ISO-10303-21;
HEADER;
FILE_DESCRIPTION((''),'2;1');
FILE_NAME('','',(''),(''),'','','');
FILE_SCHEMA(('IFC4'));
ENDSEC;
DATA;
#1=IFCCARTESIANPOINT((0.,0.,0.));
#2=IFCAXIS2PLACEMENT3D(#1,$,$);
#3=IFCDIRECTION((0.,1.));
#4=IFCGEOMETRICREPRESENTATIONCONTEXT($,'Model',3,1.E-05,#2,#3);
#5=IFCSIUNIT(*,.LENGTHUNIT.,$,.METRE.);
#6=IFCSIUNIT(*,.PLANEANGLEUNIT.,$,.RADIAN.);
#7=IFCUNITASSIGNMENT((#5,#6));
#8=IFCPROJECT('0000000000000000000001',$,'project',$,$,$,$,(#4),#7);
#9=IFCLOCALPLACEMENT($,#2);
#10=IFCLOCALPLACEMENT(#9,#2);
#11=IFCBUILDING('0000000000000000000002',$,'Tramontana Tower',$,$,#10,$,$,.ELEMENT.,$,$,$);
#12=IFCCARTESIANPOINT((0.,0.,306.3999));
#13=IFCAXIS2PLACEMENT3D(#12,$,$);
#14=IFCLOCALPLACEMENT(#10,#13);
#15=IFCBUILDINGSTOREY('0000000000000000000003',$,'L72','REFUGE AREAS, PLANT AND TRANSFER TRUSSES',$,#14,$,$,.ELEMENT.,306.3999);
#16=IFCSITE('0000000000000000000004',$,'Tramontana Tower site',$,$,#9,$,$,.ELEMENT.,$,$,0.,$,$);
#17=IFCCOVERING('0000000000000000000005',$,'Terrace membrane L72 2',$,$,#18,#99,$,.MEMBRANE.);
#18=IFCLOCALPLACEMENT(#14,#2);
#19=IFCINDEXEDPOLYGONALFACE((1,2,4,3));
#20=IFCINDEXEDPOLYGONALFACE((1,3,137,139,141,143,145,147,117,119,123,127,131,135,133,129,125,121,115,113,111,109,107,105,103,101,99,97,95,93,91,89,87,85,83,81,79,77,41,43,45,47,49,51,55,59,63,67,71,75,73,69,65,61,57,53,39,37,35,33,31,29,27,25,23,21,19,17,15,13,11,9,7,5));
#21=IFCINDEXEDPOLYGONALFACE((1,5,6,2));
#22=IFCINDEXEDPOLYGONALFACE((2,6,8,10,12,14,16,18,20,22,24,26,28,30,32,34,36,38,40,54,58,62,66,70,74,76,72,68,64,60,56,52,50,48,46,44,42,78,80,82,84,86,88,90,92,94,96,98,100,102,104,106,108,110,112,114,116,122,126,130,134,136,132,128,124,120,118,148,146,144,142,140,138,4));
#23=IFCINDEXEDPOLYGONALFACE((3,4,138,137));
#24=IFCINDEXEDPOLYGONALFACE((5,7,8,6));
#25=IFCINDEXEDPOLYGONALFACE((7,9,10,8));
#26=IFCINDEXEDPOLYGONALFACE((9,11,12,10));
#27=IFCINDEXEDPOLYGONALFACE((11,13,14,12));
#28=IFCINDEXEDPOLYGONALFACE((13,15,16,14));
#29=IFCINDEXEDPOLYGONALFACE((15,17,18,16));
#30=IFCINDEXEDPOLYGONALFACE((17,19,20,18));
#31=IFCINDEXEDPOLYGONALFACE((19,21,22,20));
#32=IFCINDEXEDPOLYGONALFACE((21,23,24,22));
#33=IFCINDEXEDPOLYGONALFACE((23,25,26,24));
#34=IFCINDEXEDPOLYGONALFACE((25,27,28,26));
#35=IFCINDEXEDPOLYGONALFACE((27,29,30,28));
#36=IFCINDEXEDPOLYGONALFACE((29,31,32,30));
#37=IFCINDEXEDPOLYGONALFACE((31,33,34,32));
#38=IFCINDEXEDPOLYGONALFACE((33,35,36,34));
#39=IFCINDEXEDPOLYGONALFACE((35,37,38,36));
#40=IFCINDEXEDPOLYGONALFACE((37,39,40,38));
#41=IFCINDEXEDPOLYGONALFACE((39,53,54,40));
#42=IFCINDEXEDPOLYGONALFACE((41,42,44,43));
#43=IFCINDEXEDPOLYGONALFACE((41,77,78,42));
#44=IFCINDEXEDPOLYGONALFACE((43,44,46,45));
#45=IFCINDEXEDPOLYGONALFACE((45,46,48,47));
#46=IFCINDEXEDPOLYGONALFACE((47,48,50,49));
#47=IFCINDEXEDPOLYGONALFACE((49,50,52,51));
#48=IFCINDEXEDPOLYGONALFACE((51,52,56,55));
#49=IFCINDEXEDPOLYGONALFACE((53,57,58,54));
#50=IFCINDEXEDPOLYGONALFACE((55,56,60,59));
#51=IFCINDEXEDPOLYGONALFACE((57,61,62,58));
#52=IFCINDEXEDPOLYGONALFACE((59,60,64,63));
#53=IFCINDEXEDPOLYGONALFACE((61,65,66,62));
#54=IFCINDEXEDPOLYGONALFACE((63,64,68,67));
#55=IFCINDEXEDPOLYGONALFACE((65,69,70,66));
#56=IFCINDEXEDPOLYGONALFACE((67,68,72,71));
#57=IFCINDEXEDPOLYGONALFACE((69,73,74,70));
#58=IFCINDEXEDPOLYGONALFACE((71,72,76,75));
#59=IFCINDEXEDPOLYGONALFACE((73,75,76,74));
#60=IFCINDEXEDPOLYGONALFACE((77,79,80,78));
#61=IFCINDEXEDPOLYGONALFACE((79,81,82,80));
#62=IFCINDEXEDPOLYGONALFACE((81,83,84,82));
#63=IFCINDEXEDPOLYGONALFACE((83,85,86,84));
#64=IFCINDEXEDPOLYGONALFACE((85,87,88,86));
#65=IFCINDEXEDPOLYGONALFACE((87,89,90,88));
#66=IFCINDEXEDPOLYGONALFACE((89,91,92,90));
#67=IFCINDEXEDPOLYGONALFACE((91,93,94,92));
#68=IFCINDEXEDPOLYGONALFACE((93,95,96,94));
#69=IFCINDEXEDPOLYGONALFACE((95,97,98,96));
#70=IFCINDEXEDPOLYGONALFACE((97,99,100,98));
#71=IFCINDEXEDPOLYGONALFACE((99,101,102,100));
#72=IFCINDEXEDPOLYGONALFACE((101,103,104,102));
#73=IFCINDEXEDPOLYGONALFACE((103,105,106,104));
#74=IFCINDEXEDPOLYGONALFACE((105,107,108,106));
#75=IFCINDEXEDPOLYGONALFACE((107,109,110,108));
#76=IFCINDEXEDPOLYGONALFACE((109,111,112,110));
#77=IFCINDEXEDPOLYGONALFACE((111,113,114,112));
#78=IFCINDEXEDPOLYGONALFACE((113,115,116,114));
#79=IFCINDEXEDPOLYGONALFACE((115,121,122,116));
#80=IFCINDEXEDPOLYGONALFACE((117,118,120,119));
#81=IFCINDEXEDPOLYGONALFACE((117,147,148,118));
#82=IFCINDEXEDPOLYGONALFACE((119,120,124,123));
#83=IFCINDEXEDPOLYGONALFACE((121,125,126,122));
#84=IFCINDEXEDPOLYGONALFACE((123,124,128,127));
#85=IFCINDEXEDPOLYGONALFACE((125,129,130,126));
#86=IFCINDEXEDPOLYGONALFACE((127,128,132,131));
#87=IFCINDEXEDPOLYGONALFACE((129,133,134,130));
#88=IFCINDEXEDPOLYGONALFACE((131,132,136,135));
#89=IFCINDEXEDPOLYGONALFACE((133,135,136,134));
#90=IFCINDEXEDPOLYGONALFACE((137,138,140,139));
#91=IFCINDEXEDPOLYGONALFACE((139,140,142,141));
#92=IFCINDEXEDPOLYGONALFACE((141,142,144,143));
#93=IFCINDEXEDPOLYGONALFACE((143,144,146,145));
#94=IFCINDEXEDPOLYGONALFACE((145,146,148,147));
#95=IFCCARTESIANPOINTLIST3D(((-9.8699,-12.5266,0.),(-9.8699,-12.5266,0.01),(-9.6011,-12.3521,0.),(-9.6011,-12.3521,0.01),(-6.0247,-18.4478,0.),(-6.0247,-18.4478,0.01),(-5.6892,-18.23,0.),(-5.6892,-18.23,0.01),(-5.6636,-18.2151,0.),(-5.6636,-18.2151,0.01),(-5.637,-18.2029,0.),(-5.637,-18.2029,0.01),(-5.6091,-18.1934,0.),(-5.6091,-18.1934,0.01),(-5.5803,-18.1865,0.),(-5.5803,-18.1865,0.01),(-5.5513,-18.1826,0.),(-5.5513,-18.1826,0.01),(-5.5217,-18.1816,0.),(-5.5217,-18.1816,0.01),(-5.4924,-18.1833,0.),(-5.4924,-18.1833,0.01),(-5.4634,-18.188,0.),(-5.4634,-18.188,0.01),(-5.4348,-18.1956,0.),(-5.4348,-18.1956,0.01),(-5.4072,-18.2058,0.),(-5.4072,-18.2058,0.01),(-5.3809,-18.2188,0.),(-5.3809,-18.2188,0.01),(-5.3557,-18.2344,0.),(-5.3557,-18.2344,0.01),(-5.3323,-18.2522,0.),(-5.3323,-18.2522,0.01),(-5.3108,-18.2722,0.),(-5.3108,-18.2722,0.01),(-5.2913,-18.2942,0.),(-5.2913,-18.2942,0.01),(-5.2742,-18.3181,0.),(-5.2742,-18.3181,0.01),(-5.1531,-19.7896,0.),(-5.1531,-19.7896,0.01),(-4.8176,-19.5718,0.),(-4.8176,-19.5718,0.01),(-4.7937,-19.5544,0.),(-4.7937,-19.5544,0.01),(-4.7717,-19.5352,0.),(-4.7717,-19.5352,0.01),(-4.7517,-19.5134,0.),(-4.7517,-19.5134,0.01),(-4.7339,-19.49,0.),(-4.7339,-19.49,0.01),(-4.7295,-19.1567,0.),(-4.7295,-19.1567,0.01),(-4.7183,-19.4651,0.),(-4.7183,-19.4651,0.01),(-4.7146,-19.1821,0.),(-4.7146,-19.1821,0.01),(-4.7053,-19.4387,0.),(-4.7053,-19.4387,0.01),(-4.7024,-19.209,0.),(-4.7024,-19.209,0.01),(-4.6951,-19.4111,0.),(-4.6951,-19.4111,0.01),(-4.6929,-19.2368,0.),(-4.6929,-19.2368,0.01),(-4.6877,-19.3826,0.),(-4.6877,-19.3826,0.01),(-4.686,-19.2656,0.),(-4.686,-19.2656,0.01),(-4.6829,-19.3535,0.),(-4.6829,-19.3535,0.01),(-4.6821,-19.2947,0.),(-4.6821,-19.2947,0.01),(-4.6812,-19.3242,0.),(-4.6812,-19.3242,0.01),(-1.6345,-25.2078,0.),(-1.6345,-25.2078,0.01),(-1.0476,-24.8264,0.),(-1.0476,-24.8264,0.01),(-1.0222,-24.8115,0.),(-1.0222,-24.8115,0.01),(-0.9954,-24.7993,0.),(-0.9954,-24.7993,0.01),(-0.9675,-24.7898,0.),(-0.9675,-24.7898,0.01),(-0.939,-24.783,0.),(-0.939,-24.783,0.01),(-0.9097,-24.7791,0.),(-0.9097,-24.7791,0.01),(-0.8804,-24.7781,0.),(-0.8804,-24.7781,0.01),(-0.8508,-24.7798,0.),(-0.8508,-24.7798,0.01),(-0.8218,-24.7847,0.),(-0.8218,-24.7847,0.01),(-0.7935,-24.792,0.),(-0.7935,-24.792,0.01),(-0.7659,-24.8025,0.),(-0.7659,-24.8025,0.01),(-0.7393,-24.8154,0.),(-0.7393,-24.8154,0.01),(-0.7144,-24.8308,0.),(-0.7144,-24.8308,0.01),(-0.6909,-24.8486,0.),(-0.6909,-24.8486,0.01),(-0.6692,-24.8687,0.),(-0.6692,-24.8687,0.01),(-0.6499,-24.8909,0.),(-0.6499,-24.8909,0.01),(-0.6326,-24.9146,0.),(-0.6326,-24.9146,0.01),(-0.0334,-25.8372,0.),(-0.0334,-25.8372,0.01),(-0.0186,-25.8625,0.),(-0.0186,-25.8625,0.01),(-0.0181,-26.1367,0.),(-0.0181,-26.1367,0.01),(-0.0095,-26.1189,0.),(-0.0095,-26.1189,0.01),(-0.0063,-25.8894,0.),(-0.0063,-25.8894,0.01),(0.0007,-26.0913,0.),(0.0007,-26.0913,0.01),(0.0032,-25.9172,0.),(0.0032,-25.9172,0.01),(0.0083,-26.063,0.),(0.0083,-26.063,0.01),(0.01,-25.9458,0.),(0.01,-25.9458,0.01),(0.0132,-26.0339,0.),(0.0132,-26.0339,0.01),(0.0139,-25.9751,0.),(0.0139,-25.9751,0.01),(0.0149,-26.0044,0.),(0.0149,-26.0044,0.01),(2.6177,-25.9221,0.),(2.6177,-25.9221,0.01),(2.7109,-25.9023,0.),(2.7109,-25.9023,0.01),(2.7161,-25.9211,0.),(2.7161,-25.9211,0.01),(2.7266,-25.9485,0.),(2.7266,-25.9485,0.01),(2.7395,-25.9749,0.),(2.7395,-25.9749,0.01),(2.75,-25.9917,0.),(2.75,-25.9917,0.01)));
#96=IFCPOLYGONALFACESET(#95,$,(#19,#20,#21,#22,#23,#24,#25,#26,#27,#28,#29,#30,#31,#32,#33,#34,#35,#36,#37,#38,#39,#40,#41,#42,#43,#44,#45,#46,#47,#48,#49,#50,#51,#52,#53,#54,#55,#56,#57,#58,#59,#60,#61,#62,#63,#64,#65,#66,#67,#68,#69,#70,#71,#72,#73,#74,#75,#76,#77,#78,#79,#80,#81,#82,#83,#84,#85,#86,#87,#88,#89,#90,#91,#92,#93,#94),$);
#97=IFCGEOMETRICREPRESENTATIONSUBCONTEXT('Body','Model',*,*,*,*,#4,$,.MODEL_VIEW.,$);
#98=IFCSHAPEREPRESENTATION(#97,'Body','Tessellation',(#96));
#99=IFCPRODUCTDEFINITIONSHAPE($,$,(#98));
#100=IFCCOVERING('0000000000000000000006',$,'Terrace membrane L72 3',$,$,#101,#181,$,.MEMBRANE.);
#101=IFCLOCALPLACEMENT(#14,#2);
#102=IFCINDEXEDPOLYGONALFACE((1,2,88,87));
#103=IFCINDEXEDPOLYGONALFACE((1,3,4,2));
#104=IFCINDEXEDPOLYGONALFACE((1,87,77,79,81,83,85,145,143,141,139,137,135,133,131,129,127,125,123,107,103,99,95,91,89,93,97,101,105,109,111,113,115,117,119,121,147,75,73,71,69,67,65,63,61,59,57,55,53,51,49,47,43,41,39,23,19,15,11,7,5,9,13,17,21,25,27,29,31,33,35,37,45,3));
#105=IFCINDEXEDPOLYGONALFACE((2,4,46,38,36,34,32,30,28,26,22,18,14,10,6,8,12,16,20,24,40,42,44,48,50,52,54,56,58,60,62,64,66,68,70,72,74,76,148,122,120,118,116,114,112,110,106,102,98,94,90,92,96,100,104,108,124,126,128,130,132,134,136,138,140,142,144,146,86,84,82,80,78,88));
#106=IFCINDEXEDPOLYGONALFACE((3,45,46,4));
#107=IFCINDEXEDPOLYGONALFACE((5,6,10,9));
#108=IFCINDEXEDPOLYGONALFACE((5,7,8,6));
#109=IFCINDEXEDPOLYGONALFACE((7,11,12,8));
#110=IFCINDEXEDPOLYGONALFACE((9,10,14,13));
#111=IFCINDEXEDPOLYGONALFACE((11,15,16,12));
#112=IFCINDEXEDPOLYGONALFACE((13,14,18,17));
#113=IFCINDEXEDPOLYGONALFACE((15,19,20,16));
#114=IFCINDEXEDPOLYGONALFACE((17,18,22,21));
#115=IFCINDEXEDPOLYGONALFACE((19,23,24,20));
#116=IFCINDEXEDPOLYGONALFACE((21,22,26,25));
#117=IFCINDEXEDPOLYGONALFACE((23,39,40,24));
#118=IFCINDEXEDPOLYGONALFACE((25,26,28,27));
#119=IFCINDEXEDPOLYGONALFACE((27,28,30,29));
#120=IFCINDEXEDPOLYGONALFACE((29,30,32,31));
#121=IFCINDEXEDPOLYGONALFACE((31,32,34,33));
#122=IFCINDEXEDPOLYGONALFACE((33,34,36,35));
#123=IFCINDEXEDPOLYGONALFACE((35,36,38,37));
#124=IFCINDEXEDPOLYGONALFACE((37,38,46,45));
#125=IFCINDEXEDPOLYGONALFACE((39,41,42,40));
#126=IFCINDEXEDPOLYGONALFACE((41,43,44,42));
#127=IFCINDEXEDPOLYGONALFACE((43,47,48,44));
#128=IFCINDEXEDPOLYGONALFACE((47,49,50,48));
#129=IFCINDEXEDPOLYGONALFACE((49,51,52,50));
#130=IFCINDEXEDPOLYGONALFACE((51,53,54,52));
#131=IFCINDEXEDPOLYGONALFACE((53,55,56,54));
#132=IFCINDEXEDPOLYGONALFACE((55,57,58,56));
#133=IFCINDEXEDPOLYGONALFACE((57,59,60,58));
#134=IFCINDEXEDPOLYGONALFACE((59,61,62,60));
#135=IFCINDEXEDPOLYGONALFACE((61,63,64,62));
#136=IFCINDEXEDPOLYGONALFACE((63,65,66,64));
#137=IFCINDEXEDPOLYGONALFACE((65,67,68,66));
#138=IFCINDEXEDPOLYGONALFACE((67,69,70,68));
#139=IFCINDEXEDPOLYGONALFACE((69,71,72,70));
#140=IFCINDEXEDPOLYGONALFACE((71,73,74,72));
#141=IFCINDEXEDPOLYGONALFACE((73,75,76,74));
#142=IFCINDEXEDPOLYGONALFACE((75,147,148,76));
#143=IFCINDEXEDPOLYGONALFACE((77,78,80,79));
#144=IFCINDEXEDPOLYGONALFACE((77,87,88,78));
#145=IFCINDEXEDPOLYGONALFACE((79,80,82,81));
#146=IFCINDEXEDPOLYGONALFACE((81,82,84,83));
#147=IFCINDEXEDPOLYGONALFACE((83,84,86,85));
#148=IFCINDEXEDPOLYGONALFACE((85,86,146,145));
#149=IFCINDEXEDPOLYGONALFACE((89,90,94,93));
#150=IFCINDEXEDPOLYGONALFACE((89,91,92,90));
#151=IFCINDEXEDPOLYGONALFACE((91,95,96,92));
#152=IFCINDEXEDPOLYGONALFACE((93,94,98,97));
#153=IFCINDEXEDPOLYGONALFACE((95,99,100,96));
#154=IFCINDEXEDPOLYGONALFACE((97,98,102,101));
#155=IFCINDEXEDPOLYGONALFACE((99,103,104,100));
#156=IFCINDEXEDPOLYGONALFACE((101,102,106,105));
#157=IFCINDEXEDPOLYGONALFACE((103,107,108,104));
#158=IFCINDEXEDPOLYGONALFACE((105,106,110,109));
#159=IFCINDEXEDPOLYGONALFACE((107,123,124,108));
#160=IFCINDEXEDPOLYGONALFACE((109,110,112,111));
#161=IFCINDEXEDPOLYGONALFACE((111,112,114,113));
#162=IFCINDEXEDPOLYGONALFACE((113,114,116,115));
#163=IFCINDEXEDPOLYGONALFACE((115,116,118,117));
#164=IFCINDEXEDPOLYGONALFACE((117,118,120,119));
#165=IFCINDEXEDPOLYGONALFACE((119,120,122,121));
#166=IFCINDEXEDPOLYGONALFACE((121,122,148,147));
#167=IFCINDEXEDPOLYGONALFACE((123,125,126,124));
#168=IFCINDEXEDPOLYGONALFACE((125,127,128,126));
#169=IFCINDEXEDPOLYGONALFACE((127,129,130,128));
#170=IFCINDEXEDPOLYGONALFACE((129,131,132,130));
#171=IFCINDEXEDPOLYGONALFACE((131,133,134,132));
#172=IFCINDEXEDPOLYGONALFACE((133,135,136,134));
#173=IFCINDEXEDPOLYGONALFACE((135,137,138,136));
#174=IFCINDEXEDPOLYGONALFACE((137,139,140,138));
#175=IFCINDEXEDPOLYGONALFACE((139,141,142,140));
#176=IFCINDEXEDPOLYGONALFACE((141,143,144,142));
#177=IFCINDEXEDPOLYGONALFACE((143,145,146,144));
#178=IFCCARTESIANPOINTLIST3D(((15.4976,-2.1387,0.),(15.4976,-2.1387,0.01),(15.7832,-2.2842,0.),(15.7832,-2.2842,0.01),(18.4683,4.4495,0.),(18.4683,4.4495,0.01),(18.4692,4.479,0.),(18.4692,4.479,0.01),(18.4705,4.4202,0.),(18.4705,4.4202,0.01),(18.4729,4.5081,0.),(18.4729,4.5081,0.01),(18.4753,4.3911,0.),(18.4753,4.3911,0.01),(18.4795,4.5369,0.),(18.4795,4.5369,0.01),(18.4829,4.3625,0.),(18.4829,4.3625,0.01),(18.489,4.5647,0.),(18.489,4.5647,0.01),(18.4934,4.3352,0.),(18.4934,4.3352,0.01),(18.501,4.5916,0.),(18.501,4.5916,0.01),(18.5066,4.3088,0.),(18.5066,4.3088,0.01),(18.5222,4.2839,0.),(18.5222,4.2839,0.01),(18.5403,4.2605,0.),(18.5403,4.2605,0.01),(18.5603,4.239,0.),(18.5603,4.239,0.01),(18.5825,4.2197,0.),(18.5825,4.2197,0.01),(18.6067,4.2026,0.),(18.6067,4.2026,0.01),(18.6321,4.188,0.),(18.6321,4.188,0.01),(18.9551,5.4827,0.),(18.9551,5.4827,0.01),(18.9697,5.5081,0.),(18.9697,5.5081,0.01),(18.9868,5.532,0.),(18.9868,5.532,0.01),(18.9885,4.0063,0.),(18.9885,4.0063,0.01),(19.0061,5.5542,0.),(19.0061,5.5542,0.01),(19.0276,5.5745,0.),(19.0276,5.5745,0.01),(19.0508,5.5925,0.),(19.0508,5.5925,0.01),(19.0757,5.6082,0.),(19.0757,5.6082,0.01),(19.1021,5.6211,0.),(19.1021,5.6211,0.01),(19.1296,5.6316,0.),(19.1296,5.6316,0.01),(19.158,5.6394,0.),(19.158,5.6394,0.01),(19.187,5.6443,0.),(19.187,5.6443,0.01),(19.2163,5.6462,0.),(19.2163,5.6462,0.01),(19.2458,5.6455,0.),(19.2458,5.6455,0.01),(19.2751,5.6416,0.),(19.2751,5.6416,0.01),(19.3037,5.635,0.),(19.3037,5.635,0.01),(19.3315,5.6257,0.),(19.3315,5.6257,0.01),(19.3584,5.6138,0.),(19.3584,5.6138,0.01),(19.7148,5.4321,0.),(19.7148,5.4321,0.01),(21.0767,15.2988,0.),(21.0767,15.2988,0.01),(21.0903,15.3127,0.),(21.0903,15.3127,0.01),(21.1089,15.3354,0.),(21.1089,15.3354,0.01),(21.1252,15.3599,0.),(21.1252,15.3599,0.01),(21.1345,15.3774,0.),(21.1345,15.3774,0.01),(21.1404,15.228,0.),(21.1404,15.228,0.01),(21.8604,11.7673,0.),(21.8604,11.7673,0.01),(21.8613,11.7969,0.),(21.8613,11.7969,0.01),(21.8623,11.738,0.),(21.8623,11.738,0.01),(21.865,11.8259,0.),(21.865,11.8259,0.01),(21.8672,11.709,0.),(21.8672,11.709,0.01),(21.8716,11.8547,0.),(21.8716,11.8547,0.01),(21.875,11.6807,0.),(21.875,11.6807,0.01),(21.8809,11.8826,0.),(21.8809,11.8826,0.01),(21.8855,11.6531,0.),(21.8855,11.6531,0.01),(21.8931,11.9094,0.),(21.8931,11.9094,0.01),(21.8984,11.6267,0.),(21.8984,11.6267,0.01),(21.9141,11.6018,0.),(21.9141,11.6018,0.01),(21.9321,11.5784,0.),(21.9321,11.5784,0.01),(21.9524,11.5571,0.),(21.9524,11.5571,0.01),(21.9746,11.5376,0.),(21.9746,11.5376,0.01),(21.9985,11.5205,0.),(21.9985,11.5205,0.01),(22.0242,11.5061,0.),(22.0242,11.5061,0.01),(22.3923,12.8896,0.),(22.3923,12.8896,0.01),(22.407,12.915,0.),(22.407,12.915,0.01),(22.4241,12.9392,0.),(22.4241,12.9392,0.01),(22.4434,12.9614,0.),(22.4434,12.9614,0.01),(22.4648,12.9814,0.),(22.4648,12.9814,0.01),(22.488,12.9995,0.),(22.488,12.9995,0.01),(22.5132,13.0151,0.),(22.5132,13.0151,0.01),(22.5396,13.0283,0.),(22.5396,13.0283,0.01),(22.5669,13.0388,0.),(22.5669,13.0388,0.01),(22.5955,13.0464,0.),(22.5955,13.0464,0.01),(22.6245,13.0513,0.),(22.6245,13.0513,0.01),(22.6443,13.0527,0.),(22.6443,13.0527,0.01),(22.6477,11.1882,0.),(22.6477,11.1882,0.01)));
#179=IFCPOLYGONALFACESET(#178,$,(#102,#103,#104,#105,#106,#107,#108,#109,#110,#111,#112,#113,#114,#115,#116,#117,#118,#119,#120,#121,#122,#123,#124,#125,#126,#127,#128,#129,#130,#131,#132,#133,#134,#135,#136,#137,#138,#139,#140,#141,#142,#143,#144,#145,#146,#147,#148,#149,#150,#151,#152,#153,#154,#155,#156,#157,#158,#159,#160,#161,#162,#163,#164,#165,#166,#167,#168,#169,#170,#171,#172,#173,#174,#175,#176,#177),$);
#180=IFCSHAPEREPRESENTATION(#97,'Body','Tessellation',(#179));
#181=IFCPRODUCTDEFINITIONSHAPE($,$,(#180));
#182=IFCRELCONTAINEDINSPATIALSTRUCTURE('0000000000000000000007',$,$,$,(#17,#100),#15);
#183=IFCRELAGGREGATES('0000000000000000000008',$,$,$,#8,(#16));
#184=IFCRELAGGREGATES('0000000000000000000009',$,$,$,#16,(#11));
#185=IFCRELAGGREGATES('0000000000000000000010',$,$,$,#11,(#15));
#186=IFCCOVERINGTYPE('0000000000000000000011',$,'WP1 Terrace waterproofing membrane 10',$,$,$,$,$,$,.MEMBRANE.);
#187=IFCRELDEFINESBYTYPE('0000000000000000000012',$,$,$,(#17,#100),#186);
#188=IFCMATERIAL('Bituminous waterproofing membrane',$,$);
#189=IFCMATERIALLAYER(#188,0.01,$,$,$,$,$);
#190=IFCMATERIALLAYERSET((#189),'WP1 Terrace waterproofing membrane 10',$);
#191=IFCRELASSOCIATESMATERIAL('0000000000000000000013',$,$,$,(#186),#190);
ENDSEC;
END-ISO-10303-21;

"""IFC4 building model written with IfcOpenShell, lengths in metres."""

from ifc_helpers import new_model, si_unit, direction, frame, origin, place, context, subcontext, project, spatial, polyline, outline, extrude, material, layer, layer_set, type_object, element, save


model = new_model("IFC4")

# Units and contexts
model_context = context("Model", 3, precision=1e-05, world=origin(), true_north=direction((0.0, 1.0)))
body_context = subcontext(model_context, "Body", "Model", "MODEL_VIEW")
ifc_project = project(units=[si_unit("LENGTHUNIT", "METRE"), si_unit("PLANEANGLEUNIT", "RADIAN")], contexts=[model_context])

# Site, building, storey
site_placement = place(None, origin())
site = spatial("IfcSite", under=ifc_project, at=site_placement, Name="Tramontana Tower site", CompositionType="ELEMENT", RefElevation=0.0)
building_placement = place(site_placement, origin())
building = spatial("IfcBuilding", under=site, at=building_placement, Name="Tramontana Tower", CompositionType="ELEMENT")
storey_placement = place(building_placement, frame((0.0, 0.0, 306.3999)))
storey = spatial("IfcBuildingStorey", under=building, at=storey_placement, Name="L72", Description="REFUGE AREAS, PLANT AND TRANSFER TRUSSES", CompositionType="ELEMENT", Elevation=306.3999)

# Coverings
ifc_material_1 = material(Name="Bituminous waterproofing membrane")
ifc_layer_1 = layer(ifc_material_1, 0.01)
ifc_layer_set_1 = layer_set([ifc_layer_1], Name="WP1 Terrace waterproofing membrane 10")
covering_type_1 = type_object("IfcCoveringType", Name="WP1 Terrace waterproofing membrane 10", PredefinedType="MEMBRANE", material=ifc_layer_set_1)
covering_1_placement = place(storey_placement, origin())
element("IfcCovering", 1, at=covering_1_placement, inside=storey, type_object=covering_type_1, Name="Terrace membrane L72 2", PredefinedType="MEMBRANE", context=body_context, shape_type="SweptSolid", body=[
    extrude(outline(polyline([(-0.0181, -26.1367), (-0.0095, -26.1189), (0.0007, -26.0913), (0.0083, -26.063), (0.0132, -26.0339), (0.0149, -26.0044), (0.0139, -25.9751), (0.01, -25.9458), (0.0032, -25.9172), (-0.0063, -25.8894), (-0.0186, -25.8625), (-0.0334, -25.8372), (-0.6326, -24.9146), (-0.6499, -24.8909), (-0.6692, -24.8687), (-0.6909, -24.8486), (-0.7144, -24.8308), (-0.7393, -24.8154), (-0.7659, -24.8025), (-0.7935, -24.792), (-0.8218, -24.7847), (-0.8508, -24.7798), (-0.8804, -24.7781), (-0.9097, -24.7791), (-0.939, -24.783), (-0.9675, -24.7898), (-0.9954, -24.7993), (-1.0222, -24.8115), (-1.0476, -24.8264), (-1.6345, -25.2078), (-5.1531, -19.7896), (-4.8176, -19.5718), (-4.7937, -19.5544), (-4.7717, -19.5352), (-4.7517, -19.5134), (-4.7339, -19.49), (-4.7183, -19.4651), (-4.7053, -19.4387), (-4.6951, -19.4111), (-4.6877, -19.3826), (-4.6829, -19.3535), (-4.6812, -19.3242), (-4.6821, -19.2947), (-4.686, -19.2656), (-4.6929, -19.2368), (-4.7024, -19.209), (-4.7146, -19.1821), (-4.7295, -19.1567), (-5.2742, -18.3181), (-5.2913, -18.2942), (-5.3108, -18.2722), (-5.3323, -18.2522), (-5.3557, -18.2344), (-5.3809, -18.2188), (-5.4072, -18.2058), (-5.4348, -18.1956), (-5.4634, -18.188), (-5.4924, -18.1833), (-5.5217, -18.1816), (-5.5513, -18.1826), (-5.5803, -18.1865), (-5.6091, -18.1934), (-5.637, -18.2029), (-5.6636, -18.2151), (-5.6892, -18.23), (-6.0247, -18.4478), (-9.8699, -12.5266), (-9.6011, -12.3521), (2.6177, -25.9221), (2.7109, -25.9023), (2.7161, -25.9211), (2.7266, -25.9485), (2.7395, -25.9749), (2.75, -25.9917), (-0.0181, -26.1367)])), origin(), (0.0, 0.0, 1.0), 0.01),
])
covering_2_placement = place(storey_placement, origin())
element("IfcCovering", 2, at=covering_2_placement, inside=storey, type_object=covering_type_1, Name="Terrace membrane L72 3", PredefinedType="MEMBRANE", context=body_context, shape_type="SweptSolid", body=[
    extrude(outline(polyline([(22.6443, 13.0527), (22.6245, 13.0513), (22.5955, 13.0464), (22.5669, 13.0388), (22.5396, 13.0283), (22.5132, 13.0151), (22.488, 12.9995), (22.4648, 12.9814), (22.4434, 12.9614), (22.4241, 12.9392), (22.407, 12.915), (22.3923, 12.8896), (21.8931, 11.9094), (21.8809, 11.8826), (21.8716, 11.8547), (21.865, 11.8259), (21.8613, 11.7969), (21.8604, 11.7673), (21.8623, 11.738), (21.8672, 11.709), (21.875, 11.6807), (21.8855, 11.6531), (21.8984, 11.6267), (21.9141, 11.6018), (21.9321, 11.5784), (21.9524, 11.5571), (21.9746, 11.5376), (21.9985, 11.5205), (22.0242, 11.5061), (22.6477, 11.1882), (19.7148, 5.4321), (19.3584, 5.6138), (19.3315, 5.6257), (19.3037, 5.635), (19.2751, 5.6416), (19.2458, 5.6455), (19.2163, 5.6462), (19.187, 5.6443), (19.158, 5.6394), (19.1296, 5.6316), (19.1021, 5.6211), (19.0757, 5.6082), (19.0508, 5.5925), (19.0276, 5.5745), (19.0061, 5.5542), (18.9868, 5.532), (18.9697, 5.5081), (18.9551, 5.4827), (18.501, 4.5916), (18.489, 4.5647), (18.4795, 4.5369), (18.4729, 4.5081), (18.4692, 4.479), (18.4683, 4.4495), (18.4705, 4.4202), (18.4753, 4.3911), (18.4829, 4.3625), (18.4934, 4.3352), (18.5066, 4.3088), (18.5222, 4.2839), (18.5403, 4.2605), (18.5603, 4.239), (18.5825, 4.2197), (18.6067, 4.2026), (18.6321, 4.188), (18.9885, 4.0063), (15.7832, -2.2842), (15.4976, -2.1387), (21.1404, 15.228), (21.0767, 15.2988), (21.0903, 15.3127), (21.1089, 15.3354), (21.1252, 15.3599), (21.1345, 15.3774), (22.6443, 13.0527)])), origin(), (0.0, 0.0, 1.0), 0.01),
])

save(model, "model.ifc")
